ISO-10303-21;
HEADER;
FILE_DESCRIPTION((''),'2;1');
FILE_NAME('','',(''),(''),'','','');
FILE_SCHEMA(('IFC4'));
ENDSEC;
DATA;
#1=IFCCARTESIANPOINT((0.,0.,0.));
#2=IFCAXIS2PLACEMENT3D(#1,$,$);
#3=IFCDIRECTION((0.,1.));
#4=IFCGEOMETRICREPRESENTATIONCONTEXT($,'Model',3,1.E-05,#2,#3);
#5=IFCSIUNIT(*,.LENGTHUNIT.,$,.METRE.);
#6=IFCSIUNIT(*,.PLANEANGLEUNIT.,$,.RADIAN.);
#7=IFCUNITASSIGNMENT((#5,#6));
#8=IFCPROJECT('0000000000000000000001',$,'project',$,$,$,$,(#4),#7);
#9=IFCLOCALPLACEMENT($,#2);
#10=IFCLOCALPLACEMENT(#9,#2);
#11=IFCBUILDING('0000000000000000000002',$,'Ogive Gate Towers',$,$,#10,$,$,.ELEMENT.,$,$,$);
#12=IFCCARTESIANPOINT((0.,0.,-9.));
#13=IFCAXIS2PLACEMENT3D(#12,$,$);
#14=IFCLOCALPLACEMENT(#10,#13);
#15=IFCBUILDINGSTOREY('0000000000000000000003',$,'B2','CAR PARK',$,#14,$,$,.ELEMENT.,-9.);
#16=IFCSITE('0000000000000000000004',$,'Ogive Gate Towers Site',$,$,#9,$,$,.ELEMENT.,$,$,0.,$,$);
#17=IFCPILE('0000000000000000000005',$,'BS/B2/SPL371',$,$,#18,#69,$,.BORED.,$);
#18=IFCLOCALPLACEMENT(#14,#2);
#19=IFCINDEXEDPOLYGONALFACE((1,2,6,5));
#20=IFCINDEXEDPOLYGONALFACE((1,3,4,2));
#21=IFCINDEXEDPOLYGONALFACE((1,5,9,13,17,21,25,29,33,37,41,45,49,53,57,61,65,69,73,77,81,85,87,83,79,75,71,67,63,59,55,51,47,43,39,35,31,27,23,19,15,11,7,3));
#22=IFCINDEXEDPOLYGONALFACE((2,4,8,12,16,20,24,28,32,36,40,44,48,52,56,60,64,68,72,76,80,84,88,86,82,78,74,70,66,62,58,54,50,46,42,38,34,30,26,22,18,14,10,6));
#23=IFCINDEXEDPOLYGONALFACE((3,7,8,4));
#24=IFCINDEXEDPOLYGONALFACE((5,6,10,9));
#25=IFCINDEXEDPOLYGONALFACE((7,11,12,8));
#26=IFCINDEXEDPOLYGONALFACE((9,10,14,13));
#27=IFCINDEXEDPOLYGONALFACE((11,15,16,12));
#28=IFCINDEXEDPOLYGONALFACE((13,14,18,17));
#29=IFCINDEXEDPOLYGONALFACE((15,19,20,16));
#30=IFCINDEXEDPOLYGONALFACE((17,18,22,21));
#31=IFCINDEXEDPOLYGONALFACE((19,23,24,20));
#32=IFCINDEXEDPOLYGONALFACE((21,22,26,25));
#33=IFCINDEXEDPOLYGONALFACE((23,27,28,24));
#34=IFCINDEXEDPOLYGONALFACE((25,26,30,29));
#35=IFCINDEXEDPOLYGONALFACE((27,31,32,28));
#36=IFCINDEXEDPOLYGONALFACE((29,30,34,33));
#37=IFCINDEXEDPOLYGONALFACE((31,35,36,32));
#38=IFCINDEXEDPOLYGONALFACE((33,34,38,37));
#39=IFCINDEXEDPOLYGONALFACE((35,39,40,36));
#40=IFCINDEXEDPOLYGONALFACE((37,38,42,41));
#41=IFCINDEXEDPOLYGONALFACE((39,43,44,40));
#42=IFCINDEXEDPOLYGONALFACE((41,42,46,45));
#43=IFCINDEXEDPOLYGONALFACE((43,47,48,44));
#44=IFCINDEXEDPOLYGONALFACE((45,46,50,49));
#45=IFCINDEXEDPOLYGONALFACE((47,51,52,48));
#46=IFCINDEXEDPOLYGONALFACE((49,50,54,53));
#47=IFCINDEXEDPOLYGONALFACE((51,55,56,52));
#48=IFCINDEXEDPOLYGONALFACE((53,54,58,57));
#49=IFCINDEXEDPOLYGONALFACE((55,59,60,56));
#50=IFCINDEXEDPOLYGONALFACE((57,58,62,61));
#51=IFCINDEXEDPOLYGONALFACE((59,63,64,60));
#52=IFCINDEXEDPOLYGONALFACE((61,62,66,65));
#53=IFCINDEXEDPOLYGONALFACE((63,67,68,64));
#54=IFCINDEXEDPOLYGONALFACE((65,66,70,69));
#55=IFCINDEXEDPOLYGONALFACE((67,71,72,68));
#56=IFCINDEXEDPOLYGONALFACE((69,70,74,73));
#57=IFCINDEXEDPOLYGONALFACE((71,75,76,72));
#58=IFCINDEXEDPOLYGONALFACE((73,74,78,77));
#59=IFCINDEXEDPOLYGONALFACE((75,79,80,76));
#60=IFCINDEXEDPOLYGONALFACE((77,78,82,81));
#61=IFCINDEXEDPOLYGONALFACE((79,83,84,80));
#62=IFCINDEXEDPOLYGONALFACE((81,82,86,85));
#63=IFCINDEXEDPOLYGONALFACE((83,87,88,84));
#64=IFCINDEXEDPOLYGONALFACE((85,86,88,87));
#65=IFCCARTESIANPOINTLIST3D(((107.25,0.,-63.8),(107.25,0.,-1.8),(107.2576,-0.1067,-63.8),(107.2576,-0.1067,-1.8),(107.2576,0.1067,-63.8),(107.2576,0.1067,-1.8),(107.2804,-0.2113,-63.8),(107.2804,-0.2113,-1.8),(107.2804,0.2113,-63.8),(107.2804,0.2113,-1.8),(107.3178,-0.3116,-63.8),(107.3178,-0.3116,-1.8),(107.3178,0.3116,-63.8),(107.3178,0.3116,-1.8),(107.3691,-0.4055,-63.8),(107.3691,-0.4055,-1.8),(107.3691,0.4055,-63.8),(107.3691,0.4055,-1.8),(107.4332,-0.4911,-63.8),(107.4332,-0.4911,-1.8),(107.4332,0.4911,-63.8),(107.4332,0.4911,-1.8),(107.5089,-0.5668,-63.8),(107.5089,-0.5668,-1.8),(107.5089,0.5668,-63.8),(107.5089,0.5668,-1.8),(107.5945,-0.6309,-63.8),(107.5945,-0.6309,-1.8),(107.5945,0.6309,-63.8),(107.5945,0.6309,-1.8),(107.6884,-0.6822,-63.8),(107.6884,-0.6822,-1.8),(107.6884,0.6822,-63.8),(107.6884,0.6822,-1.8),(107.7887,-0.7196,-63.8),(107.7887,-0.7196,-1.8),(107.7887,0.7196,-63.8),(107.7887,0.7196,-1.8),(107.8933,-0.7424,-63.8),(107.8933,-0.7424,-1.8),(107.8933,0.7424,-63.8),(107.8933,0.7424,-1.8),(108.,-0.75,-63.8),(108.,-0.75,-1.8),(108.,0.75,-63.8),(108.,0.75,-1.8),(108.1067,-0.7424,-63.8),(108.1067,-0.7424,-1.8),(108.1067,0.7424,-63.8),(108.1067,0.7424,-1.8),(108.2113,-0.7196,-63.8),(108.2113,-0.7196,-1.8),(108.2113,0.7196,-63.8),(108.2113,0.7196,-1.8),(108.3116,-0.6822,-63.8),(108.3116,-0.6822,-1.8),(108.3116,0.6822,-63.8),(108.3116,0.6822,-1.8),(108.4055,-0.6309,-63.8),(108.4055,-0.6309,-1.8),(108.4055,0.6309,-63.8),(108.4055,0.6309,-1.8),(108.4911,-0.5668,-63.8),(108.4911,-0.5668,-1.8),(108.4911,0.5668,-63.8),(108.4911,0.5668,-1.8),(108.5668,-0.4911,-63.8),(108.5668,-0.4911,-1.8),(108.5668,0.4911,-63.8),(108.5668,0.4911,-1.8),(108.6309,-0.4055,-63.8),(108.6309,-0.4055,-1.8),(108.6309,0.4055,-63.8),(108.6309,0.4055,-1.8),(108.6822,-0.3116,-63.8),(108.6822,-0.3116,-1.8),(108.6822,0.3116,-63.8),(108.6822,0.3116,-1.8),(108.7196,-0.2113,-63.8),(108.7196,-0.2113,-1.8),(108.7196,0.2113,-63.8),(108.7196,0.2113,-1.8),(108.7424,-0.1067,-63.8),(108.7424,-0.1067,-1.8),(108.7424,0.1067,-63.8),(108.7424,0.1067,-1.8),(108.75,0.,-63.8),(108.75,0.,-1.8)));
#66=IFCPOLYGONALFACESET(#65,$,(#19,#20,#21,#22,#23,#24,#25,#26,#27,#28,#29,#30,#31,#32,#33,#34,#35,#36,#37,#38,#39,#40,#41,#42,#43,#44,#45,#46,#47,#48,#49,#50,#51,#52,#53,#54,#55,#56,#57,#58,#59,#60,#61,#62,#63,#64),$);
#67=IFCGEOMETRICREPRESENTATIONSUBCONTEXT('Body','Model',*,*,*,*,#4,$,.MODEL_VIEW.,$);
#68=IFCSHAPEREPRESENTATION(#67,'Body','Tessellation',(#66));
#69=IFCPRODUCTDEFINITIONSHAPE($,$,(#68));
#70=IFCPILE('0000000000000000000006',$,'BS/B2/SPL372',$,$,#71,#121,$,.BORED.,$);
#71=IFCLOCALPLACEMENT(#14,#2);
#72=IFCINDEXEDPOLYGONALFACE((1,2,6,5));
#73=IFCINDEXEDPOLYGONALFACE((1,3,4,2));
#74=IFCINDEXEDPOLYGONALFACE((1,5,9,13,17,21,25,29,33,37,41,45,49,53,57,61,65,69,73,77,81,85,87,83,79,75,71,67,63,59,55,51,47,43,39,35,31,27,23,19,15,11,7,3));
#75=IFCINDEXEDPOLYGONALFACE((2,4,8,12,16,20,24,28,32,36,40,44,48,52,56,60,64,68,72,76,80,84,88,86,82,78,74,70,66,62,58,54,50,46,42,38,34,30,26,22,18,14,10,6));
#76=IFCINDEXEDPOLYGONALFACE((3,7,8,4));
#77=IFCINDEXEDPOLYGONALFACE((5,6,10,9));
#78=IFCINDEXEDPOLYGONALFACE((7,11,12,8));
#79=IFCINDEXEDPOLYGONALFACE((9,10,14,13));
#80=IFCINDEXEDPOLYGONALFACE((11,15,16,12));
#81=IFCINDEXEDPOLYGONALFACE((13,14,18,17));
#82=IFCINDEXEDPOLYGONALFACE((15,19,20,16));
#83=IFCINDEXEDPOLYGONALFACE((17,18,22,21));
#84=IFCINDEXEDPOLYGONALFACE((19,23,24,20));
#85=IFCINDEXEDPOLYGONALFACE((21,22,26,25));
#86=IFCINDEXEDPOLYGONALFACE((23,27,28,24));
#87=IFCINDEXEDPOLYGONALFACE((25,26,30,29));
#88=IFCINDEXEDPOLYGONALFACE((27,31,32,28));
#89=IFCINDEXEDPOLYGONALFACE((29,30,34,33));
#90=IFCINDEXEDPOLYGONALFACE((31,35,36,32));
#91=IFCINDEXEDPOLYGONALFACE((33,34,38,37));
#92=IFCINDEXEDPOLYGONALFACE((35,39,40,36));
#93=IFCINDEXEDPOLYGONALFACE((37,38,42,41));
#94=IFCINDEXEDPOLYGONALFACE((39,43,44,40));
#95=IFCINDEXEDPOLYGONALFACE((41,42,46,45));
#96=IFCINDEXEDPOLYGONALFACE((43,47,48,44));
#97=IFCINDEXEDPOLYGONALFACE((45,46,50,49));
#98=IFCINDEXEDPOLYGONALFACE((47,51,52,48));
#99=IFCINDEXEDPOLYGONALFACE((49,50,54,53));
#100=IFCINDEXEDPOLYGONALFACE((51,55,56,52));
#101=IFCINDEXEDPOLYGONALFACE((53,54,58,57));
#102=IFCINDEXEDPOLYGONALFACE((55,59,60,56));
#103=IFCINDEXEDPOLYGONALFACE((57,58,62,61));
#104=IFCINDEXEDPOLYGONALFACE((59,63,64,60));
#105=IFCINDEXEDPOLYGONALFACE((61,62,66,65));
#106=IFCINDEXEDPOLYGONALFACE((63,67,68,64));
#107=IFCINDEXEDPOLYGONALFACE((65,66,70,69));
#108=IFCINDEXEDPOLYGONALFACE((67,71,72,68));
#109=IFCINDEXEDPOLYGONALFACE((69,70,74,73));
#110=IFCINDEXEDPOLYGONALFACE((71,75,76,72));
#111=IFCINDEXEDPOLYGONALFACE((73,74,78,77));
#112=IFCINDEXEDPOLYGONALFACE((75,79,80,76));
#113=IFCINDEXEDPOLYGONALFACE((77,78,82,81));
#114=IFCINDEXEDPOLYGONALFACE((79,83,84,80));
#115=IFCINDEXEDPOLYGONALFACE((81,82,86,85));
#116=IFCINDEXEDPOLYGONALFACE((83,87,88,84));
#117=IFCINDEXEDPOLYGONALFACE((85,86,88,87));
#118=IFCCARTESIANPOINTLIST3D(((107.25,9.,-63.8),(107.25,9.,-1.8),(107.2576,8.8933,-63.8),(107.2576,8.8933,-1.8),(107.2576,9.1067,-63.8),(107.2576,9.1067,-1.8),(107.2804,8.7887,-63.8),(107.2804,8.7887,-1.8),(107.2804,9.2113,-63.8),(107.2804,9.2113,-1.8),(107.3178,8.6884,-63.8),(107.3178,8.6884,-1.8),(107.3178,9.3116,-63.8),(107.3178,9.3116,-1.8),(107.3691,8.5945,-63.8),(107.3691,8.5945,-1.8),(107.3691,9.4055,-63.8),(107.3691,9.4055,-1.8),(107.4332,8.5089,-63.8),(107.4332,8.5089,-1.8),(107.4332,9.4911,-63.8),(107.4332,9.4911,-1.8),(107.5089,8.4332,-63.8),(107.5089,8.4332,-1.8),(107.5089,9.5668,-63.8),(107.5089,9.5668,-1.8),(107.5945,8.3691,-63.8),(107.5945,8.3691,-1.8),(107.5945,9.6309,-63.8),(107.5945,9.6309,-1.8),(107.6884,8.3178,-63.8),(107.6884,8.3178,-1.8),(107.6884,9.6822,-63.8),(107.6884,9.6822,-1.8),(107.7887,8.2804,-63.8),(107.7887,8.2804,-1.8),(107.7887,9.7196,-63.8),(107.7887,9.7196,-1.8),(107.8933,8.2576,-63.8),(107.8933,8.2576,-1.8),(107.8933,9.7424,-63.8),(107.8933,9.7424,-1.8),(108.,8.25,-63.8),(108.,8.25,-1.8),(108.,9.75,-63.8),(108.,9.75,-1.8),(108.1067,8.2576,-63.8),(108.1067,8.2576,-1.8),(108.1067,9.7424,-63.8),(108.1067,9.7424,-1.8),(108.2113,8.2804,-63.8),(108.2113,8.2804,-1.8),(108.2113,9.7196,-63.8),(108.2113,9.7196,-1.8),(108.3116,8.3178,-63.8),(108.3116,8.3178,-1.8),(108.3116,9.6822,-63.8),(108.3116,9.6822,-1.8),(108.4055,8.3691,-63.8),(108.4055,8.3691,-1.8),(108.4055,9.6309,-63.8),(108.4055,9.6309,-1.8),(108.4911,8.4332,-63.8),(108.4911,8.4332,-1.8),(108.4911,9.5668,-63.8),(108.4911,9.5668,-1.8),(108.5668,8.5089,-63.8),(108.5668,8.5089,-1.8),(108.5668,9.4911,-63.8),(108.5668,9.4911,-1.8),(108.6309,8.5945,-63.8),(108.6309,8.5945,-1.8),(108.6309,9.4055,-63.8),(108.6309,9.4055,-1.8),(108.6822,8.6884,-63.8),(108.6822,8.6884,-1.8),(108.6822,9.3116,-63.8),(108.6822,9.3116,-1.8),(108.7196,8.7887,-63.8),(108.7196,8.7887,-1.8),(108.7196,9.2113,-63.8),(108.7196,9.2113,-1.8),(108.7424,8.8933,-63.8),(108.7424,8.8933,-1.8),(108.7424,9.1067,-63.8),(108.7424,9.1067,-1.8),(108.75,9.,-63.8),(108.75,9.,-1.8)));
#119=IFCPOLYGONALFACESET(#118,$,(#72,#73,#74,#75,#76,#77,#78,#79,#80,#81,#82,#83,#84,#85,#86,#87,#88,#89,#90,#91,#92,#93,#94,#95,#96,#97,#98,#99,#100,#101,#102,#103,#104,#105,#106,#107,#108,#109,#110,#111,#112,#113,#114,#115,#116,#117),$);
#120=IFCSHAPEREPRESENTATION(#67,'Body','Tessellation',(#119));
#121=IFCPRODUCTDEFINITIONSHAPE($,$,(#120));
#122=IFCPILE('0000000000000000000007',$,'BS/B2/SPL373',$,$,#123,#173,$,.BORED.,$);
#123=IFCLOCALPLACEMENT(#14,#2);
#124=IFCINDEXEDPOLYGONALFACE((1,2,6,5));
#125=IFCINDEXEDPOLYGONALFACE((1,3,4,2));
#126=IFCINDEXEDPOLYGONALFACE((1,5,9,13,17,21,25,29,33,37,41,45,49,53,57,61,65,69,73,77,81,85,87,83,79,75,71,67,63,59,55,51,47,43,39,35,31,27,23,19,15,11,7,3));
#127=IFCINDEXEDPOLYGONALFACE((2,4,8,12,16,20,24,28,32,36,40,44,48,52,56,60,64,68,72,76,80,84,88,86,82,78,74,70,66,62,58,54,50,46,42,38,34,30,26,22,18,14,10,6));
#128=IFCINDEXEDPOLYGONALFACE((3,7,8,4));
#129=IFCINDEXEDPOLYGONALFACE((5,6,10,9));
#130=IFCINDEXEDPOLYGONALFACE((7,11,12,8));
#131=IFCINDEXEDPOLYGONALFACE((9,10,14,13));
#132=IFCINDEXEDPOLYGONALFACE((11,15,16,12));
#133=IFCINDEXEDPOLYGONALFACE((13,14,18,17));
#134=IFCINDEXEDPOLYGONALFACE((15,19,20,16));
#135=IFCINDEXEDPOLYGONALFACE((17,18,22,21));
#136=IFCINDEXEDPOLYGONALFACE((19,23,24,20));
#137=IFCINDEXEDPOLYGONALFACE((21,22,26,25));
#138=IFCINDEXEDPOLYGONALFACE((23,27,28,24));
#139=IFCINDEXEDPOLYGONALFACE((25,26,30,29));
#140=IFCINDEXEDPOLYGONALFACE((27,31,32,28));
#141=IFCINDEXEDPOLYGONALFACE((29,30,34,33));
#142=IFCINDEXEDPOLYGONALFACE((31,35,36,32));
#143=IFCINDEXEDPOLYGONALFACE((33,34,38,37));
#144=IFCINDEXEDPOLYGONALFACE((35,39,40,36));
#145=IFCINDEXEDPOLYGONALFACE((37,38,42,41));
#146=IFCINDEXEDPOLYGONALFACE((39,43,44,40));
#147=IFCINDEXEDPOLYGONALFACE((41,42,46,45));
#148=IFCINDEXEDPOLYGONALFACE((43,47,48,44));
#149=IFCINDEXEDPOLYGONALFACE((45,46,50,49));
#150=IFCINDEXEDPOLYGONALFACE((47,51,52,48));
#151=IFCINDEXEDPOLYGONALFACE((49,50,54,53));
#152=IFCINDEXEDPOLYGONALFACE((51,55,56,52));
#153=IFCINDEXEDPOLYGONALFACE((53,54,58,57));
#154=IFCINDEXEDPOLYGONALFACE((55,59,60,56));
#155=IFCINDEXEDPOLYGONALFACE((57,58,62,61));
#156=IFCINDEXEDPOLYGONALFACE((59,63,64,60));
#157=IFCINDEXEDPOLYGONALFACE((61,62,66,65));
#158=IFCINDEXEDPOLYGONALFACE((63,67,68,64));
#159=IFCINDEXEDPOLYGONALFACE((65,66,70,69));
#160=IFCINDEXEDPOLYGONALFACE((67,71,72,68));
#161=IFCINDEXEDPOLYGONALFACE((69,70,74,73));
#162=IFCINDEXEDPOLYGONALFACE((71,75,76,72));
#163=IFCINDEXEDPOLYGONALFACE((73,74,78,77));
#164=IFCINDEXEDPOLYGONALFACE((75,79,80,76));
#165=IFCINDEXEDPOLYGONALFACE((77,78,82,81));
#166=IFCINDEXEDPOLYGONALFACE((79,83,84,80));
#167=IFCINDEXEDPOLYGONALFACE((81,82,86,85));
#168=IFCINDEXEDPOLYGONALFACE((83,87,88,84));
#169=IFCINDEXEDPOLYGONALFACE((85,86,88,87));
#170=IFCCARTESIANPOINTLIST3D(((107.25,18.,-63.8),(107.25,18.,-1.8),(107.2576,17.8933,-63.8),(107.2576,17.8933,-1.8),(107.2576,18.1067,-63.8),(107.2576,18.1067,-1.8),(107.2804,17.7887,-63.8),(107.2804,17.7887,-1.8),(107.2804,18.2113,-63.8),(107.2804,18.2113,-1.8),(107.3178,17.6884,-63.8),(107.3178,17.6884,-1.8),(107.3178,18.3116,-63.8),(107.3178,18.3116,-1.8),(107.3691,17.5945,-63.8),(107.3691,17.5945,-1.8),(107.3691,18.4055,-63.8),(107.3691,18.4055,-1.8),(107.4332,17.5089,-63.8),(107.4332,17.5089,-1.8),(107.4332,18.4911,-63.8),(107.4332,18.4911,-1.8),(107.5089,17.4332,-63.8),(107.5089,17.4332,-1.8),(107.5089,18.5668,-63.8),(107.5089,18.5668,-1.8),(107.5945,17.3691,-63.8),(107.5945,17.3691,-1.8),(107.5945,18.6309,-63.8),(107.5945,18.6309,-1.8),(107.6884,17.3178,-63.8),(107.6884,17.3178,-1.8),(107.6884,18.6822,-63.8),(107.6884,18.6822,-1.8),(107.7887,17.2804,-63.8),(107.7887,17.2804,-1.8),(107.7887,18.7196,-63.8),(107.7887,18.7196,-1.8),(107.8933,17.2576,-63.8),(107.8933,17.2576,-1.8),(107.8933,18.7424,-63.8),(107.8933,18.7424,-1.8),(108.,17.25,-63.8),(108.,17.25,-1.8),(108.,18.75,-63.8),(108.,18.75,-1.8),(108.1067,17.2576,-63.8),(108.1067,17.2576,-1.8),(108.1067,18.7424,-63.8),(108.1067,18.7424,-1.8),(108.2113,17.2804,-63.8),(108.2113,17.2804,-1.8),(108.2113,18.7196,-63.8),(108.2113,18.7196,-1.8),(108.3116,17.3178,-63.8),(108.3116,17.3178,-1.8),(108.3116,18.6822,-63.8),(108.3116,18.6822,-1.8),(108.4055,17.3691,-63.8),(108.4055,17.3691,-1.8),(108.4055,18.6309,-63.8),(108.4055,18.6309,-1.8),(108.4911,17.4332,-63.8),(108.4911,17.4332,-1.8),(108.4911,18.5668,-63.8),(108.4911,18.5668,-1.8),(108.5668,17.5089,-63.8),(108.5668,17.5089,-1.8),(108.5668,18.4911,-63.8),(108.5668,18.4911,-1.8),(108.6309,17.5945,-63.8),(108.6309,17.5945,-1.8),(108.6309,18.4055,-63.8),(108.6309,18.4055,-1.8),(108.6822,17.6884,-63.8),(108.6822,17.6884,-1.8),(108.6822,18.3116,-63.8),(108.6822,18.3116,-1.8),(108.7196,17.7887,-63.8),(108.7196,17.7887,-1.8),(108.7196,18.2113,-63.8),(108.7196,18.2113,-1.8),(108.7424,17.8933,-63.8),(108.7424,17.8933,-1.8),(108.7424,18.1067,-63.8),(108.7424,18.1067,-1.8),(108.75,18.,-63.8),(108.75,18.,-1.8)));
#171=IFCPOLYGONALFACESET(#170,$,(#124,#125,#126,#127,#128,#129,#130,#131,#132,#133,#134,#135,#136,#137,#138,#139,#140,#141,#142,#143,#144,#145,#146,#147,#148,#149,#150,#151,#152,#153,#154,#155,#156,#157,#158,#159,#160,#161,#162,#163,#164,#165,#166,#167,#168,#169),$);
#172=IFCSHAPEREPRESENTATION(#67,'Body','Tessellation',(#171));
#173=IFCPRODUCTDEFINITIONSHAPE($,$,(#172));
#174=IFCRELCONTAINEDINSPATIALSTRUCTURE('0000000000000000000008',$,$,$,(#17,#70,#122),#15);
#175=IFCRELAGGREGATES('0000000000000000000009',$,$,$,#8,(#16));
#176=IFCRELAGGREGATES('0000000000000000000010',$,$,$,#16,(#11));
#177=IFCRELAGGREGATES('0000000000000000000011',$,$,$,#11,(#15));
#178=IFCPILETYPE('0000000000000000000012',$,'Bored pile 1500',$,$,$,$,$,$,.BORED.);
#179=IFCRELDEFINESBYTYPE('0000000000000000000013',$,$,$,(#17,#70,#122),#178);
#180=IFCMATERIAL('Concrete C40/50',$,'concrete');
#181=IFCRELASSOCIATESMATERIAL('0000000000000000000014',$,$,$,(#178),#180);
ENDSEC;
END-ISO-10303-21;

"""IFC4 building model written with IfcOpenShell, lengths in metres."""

from ifc_helpers import new_model, si_unit, direction, frame, origin, origin_2d, place, context, subcontext, project, spatial, circle, extrude, material, material_profile, profile_set, type_object, element, save


model = new_model("IFC4")

# Units and contexts
model_context = context("Model", 3, precision=1e-05, world=origin(), true_north=direction((0.0, 1.0)))
body_context = subcontext(model_context, "Body", "Model", "MODEL_VIEW")
ifc_project = project(units=[si_unit("LENGTHUNIT", "METRE"), si_unit("PLANEANGLEUNIT", "RADIAN")], contexts=[model_context])

# Site, building, storey
site_placement = place(None, origin())
site = spatial("IfcSite", under=ifc_project, at=site_placement, Name="Ogive Gate Towers Site", CompositionType="ELEMENT", RefElevation=0.0)
building_placement = place(site_placement, origin())
building = spatial("IfcBuilding", under=site, at=building_placement, Name="Ogive Gate Towers", CompositionType="ELEMENT")
storey_placement = place(building_placement, frame((0.0, 0.0, -9.0)))
storey = spatial("IfcBuildingStorey", under=building, at=storey_placement, Name="B2", Description="CAR PARK", CompositionType="ELEMENT", Elevation=-9.0)

# Piles
ifc_material_1 = material(Name="Concrete C40/50", Category="concrete")
ifc_material_profile_1 = material_profile(ifc_material_1, circle(Radius=0.75, at=origin_2d()), Name="BP 1500")
ifc_profile_set_1 = profile_set([ifc_material_profile_1], Name="Concrete C40/50")
pile_type = type_object("IfcPileType", Name="Bored pile 1500", PredefinedType="BORED", material=ifc_profile_set_1)
for number, where, z_axis, x_axis, name in (
    (1, (108.0, 0.0, -1.8), (0.0, 0.0, -1.0), (1.0, 0.0, 0.0), "BS/B2/SPL371"),
    (2, (108.0, 9.0, -1.8), (0.0, 0.0, -1.0), (1.0, 0.0, 0.0), "BS/B2/SPL372"),
    (3, (108.0, 18.0, -1.8), (0.0, 0.0, -1.0), (1.0, 0.0, 0.0), "BS/B2/SPL373"),
):
    element("IfcPile", number, at=place(storey_placement, frame(where, z_axis=z_axis, x_axis=x_axis)), inside=storey, type_object=pile_type, Name=name, PredefinedType="BORED", context=body_context, shape_type="SweptSolid", body=[
        extrude(circle(Radius=0.75, at=origin_2d()), origin(), (0.0, 0.0, 1.0), 62.0),
    ])

save(model, "model.ifc")
